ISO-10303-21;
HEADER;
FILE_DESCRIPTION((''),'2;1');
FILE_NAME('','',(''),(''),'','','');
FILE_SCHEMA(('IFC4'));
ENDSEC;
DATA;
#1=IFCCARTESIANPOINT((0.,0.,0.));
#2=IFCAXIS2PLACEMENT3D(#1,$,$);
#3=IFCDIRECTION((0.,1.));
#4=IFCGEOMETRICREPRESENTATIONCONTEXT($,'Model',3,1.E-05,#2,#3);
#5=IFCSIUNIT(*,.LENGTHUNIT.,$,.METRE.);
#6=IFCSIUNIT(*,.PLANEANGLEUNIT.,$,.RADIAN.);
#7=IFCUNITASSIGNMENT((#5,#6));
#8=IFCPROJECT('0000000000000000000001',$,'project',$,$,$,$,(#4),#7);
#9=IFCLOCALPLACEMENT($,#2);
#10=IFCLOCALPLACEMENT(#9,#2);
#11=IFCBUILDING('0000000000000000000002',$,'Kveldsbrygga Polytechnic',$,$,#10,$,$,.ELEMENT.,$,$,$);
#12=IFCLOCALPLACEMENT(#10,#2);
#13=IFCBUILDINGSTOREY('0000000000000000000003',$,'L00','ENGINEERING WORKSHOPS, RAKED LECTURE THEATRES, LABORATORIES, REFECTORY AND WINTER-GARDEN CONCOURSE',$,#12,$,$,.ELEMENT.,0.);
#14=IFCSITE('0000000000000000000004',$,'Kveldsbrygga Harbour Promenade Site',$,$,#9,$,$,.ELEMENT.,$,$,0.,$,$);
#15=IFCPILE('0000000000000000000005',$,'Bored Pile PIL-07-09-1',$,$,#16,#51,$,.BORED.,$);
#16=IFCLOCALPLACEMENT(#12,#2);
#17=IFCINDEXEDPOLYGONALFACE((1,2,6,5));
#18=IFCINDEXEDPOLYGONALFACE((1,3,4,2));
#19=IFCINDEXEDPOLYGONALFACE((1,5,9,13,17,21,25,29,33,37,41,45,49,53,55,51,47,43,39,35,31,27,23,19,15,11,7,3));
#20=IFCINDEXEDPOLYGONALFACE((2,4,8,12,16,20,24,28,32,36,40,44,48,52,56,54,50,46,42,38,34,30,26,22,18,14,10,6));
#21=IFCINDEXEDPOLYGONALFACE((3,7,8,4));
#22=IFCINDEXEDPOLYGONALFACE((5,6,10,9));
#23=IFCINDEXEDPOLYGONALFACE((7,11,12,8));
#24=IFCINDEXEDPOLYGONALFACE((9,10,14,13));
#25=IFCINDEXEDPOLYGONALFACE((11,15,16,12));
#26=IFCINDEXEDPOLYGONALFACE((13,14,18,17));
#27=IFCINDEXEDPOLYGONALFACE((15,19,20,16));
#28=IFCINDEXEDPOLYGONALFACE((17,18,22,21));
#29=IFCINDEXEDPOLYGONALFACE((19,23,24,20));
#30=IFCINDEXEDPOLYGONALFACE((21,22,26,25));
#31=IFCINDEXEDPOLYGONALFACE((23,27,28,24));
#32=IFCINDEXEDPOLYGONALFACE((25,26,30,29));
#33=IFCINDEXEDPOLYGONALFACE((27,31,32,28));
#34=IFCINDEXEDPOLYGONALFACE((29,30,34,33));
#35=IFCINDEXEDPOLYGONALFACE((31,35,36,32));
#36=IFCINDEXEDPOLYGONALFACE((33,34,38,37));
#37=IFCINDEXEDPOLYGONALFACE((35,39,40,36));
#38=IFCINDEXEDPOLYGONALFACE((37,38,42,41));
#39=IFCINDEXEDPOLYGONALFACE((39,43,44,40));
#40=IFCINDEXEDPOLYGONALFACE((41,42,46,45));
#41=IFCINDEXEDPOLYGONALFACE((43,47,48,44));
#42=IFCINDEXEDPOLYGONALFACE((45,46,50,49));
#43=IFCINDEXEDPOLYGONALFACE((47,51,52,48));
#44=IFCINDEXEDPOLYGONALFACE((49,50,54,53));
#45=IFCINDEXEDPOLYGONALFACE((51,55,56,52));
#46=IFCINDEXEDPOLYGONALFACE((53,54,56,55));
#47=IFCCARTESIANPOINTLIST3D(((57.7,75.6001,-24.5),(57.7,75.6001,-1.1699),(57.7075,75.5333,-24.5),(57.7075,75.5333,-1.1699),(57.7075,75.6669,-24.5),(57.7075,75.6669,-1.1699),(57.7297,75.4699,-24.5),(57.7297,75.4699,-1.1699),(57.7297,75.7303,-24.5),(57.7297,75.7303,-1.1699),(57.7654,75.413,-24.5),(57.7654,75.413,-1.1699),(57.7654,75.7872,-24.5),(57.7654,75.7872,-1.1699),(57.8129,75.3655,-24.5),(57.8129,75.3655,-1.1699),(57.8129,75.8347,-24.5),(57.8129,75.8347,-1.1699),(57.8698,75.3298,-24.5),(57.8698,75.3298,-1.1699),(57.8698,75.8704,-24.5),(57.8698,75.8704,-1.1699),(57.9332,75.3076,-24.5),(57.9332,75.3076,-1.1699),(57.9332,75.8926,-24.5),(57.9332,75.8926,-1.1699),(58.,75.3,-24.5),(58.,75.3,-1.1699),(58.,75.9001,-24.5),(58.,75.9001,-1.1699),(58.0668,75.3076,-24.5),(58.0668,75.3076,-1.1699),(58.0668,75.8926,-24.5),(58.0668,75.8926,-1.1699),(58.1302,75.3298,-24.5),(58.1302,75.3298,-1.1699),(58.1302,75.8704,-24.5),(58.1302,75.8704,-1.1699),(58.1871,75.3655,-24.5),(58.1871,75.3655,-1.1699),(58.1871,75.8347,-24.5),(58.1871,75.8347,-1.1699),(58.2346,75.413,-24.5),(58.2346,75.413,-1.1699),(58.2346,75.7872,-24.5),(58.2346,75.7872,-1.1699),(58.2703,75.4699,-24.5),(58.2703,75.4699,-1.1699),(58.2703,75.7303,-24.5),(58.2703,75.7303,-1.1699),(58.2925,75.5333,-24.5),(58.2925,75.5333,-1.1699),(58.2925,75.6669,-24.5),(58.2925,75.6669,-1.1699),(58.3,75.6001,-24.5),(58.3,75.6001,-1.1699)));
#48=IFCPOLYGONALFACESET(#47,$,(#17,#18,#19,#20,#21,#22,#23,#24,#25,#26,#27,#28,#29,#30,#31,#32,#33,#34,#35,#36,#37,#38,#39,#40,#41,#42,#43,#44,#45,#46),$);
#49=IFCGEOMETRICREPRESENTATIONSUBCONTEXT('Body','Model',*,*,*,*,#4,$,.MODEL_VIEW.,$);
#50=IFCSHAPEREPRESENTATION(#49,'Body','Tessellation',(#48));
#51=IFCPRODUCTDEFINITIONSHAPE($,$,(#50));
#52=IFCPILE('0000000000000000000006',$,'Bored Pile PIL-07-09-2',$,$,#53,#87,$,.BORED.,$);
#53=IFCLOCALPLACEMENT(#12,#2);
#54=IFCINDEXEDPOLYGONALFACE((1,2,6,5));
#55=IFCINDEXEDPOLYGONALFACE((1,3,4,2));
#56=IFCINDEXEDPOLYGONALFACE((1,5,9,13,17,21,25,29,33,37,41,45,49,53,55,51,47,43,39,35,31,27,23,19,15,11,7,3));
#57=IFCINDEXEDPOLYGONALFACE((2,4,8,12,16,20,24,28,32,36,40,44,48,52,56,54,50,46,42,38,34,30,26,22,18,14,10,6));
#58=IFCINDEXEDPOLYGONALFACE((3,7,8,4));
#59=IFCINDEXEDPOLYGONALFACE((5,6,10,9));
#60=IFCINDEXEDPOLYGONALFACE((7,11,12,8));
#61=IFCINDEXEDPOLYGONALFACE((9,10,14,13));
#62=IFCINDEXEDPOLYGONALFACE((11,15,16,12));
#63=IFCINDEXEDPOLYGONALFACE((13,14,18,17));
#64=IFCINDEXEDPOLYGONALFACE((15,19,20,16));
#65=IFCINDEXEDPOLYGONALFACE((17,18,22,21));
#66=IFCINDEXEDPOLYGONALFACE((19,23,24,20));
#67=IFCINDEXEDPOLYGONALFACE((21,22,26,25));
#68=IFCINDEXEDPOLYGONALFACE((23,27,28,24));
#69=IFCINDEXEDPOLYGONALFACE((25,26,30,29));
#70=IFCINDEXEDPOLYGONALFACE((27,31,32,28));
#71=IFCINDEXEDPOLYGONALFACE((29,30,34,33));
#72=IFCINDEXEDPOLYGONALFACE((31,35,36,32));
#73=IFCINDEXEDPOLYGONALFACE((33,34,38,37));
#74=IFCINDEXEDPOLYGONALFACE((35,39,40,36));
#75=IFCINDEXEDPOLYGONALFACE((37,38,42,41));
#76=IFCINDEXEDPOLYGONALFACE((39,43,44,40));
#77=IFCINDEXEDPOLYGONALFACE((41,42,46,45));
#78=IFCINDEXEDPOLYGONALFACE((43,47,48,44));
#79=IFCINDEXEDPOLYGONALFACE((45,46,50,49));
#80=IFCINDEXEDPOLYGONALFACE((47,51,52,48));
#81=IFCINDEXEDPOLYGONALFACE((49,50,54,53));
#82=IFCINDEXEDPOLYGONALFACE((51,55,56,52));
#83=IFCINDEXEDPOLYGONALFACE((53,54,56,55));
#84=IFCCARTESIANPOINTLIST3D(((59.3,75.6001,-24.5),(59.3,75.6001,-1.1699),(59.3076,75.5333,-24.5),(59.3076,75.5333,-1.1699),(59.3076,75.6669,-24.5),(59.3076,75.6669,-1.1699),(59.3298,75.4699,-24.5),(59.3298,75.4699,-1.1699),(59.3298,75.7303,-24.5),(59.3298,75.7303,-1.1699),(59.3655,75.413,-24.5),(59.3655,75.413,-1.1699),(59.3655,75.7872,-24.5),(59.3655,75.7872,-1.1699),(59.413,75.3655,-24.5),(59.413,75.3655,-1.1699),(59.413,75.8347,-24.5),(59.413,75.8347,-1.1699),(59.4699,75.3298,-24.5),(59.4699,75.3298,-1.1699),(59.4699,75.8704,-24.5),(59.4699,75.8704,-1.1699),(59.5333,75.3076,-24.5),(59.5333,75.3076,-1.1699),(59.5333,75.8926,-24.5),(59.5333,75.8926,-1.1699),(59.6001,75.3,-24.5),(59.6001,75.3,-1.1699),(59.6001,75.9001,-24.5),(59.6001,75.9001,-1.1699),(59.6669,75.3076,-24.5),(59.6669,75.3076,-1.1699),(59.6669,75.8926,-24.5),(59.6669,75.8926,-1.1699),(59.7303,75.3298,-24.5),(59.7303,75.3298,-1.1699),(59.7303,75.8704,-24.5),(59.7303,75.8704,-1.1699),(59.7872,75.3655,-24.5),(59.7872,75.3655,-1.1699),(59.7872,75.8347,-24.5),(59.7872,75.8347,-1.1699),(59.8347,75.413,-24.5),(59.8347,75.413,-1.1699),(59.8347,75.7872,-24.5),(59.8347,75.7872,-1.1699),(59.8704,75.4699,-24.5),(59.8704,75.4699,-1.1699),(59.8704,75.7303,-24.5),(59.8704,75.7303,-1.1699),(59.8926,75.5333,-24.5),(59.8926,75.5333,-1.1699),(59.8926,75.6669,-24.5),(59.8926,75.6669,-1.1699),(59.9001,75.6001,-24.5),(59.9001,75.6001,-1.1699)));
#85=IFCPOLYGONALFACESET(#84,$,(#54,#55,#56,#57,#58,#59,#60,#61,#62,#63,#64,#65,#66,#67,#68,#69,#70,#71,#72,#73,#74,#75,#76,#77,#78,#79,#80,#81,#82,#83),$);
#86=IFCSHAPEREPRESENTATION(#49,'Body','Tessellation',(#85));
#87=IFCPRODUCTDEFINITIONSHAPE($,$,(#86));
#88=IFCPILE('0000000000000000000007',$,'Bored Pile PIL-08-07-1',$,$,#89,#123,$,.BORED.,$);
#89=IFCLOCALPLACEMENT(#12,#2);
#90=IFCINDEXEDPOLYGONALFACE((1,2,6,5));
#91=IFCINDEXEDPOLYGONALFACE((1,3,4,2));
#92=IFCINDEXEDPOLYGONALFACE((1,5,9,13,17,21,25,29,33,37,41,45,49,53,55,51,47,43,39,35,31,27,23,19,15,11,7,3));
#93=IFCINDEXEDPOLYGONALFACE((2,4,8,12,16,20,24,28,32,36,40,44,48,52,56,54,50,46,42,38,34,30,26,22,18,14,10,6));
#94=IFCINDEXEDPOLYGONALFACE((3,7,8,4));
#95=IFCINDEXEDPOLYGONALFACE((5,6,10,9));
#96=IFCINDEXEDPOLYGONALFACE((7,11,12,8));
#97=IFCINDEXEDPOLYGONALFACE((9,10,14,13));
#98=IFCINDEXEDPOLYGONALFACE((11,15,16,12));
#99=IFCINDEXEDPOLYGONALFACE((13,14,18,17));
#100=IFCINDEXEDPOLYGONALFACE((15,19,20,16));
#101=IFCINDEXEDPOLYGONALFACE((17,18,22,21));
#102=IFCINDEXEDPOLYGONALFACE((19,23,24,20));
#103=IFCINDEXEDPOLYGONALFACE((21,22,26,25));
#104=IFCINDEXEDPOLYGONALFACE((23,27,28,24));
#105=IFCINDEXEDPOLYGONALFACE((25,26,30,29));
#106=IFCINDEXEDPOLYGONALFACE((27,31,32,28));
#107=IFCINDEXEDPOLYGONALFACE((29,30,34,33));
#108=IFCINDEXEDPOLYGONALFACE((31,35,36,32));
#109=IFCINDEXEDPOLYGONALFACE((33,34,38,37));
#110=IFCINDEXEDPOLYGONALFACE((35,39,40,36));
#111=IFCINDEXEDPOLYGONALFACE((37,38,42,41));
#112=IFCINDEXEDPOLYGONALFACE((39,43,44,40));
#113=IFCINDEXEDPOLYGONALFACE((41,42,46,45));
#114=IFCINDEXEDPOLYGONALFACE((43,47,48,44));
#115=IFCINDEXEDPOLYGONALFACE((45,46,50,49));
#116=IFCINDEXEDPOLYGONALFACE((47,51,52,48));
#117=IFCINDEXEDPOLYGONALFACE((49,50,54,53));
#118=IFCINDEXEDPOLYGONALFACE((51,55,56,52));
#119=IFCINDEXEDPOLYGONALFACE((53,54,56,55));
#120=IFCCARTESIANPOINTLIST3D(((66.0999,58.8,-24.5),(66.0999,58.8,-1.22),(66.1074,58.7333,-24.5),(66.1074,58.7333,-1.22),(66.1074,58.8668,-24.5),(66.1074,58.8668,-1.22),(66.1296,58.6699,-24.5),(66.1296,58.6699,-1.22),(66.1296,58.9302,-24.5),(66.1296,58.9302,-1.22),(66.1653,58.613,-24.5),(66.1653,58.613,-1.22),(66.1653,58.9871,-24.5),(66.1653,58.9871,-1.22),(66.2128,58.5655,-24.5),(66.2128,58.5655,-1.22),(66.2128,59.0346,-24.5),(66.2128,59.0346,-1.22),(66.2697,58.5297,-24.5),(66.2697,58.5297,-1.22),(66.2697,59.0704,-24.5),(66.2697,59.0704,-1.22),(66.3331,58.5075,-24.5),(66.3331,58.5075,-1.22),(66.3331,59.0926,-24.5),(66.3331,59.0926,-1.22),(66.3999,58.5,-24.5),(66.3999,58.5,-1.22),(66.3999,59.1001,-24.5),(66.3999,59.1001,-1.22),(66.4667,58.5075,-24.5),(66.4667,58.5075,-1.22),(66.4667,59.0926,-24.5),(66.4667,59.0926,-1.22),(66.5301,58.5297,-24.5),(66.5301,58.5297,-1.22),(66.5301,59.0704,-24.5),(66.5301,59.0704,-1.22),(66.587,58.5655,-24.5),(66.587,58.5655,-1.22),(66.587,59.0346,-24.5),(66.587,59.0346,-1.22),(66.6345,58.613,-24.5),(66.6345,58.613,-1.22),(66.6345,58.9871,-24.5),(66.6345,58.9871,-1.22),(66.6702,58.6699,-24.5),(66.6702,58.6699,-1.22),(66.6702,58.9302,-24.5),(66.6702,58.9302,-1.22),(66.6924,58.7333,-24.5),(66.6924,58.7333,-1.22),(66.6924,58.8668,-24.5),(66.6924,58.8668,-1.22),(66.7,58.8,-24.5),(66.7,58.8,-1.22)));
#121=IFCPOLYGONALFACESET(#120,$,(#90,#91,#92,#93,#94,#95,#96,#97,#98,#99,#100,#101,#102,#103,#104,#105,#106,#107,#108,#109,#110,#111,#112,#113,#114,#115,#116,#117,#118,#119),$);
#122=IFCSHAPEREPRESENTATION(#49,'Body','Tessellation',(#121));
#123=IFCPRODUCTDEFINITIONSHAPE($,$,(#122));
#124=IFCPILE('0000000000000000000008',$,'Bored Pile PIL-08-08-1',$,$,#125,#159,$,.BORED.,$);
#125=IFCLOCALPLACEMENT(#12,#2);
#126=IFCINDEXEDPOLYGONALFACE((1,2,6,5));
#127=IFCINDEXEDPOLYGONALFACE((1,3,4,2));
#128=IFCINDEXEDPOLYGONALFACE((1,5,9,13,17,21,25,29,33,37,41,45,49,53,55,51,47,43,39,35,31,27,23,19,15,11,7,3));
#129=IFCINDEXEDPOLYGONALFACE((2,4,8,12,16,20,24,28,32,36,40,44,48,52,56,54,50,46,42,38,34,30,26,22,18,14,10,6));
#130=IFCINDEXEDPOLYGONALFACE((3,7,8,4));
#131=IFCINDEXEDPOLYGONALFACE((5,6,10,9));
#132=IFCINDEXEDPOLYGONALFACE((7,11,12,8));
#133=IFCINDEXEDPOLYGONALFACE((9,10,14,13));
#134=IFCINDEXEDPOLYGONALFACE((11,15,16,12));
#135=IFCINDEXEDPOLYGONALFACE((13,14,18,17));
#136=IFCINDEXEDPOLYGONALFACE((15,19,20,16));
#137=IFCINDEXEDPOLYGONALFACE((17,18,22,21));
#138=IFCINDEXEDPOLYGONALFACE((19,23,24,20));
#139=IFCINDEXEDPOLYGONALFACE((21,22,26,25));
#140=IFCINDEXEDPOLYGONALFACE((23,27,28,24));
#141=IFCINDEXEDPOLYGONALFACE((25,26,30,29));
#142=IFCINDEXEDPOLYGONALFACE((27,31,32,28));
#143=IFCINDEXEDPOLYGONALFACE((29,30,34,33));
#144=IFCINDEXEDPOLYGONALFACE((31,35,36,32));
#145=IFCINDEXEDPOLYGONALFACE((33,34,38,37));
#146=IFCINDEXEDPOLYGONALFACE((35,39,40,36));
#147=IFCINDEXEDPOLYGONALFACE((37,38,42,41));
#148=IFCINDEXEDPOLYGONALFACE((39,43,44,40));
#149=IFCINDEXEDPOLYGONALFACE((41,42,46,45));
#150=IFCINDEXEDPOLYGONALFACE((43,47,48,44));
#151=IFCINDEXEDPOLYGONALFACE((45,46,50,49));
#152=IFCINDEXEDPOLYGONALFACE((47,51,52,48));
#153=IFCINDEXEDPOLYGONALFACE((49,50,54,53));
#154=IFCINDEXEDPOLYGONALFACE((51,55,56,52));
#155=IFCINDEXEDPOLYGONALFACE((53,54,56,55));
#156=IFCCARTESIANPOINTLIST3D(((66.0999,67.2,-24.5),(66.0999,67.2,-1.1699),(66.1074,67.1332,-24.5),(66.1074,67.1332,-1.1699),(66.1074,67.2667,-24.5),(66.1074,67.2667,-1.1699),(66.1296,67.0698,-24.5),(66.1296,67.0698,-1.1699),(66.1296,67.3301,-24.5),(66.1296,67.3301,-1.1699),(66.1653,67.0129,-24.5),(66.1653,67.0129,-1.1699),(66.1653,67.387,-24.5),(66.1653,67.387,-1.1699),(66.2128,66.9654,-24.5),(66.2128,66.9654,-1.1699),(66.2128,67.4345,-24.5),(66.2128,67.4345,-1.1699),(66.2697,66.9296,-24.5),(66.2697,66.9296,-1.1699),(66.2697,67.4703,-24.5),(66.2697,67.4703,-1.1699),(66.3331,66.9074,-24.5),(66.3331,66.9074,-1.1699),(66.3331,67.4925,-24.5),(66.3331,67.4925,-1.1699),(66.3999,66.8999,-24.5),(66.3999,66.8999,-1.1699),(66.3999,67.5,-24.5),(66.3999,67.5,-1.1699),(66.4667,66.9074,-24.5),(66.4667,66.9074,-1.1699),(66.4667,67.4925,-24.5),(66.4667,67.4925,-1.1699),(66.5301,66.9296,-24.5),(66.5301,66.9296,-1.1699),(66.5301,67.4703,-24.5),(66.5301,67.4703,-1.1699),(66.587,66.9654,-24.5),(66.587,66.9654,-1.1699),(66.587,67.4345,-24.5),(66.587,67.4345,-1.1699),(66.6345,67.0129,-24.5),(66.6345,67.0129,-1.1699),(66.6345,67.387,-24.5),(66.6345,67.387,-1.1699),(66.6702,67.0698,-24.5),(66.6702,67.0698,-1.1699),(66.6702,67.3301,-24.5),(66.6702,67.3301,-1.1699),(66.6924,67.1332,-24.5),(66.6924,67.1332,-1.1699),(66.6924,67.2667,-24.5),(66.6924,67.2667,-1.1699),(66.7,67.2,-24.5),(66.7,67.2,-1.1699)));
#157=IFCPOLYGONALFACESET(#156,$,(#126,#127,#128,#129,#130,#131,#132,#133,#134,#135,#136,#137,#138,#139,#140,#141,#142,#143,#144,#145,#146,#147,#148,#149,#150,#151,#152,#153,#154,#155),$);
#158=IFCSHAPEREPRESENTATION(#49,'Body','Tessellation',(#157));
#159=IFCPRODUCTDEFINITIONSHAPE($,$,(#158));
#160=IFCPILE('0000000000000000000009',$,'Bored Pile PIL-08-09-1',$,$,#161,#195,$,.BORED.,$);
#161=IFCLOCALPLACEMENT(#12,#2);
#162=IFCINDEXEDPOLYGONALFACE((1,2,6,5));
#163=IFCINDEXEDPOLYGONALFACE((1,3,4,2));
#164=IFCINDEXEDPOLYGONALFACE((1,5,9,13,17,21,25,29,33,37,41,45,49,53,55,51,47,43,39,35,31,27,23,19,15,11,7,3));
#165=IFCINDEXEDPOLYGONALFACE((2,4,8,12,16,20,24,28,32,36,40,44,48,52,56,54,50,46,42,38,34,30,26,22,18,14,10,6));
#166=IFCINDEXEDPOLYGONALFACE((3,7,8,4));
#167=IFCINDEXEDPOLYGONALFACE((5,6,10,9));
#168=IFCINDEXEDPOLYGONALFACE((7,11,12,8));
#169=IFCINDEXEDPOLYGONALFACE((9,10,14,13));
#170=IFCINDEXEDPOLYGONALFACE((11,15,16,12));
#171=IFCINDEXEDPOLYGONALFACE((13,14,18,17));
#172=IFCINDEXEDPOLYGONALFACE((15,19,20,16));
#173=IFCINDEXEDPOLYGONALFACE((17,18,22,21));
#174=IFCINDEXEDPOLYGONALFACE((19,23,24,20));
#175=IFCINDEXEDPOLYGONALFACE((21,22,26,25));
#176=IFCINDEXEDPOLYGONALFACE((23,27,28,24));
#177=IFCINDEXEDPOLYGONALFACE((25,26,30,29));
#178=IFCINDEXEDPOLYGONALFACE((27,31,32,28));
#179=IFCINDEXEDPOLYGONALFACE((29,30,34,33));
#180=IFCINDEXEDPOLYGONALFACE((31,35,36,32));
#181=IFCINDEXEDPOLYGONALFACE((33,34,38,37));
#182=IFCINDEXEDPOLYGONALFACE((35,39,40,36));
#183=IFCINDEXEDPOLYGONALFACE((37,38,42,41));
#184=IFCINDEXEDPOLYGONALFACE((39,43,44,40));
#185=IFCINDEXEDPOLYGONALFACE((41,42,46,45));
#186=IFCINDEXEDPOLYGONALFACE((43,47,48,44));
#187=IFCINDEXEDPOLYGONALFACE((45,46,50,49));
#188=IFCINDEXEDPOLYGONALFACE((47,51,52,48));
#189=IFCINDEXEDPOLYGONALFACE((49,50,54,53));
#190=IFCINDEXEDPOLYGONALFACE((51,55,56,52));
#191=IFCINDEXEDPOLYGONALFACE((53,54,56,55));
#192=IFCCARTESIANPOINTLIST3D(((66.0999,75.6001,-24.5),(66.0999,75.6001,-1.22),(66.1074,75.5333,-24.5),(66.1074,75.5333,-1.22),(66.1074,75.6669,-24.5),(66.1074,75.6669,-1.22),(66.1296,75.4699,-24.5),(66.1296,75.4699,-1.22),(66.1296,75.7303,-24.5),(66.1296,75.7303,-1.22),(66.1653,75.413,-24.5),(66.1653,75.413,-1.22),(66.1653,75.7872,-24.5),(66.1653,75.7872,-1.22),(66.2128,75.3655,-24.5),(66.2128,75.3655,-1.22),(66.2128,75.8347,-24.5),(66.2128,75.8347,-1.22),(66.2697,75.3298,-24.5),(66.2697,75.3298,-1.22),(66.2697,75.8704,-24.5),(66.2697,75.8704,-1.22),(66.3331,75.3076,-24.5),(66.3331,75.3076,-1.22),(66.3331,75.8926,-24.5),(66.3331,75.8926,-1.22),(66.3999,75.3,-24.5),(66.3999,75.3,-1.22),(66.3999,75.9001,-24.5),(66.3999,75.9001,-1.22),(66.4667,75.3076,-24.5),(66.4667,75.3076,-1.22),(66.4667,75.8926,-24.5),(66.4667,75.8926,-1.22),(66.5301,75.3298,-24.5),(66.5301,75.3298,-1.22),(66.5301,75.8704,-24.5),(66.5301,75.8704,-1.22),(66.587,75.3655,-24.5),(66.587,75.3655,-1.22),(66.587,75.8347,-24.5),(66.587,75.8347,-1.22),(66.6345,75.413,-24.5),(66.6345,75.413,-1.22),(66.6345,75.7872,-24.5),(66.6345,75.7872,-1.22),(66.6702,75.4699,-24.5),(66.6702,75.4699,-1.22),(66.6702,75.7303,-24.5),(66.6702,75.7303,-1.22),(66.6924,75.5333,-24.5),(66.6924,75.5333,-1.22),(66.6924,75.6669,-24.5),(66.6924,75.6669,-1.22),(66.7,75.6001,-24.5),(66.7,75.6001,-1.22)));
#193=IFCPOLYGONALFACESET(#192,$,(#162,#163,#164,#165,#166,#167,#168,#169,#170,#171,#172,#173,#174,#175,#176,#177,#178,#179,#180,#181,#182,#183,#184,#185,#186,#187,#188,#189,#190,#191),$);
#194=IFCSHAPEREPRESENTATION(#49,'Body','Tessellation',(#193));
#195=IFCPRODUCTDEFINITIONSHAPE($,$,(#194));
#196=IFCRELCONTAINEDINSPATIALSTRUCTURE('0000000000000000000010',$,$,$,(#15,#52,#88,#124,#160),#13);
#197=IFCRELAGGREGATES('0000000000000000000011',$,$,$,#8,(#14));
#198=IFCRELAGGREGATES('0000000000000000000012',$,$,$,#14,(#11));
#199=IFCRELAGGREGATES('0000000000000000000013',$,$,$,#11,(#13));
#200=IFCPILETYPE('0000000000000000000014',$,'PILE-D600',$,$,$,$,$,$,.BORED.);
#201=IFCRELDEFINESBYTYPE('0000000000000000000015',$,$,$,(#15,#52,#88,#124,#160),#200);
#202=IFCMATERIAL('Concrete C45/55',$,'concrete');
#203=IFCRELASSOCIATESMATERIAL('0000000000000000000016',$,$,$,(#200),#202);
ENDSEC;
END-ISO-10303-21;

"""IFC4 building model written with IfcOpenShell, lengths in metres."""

from ifc_helpers import new_model, si_unit, direction, frame, origin, origin_2d, place, context, subcontext, project, spatial, circle, extrude, material, material_profile, profile_set, type_object, element, save


model = new_model("IFC4")

# Units and contexts
model_context = context("Model", 3, precision=1e-05, world=origin(), true_north=direction((0.0, 1.0)))
body_context = subcontext(model_context, "Body", "Model", "MODEL_VIEW")
ifc_project = project(units=[si_unit("LENGTHUNIT", "METRE"), si_unit("PLANEANGLEUNIT", "RADIAN")], contexts=[model_context])

# Site, building, storey
site_placement = place(None, origin())
site = spatial("IfcSite", under=ifc_project, at=site_placement, Name="Kveldsbrygga Harbour Promenade Site", CompositionType="ELEMENT", RefElevation=0.0)
building_placement = place(site_placement, origin())
building = spatial("IfcBuilding", under=site, at=building_placement, Name="Kveldsbrygga Polytechnic", CompositionType="ELEMENT")
storey_placement = place(building_placement, origin())
storey = spatial("IfcBuildingStorey", under=building, at=storey_placement, Name="L00", Description="ENGINEERING WORKSHOPS, RAKED LECTURE THEATRES, LABORATORIES, REFECTORY AND WINTER-GARDEN CONCOURSE", CompositionType="ELEMENT", Elevation=0.0)

# Shared definitions
ifc_material_1 = material(Name="Concrete C45/55", Category="concrete")

# Piles
ifc_material_profile_1 = material_profile(ifc_material_1, circle(Radius=0.3, at=origin_2d()), Name="PILE D600")
ifc_profile_set_1 = profile_set([ifc_material_profile_1], Name="Concrete C45/55")
pile_type = type_object("IfcPileType", Name="PILE-D600", PredefinedType="BORED", material=ifc_profile_set_1)
for number, where, z_axis, x_axis, name in (
    (1, (58.0, 75.6001, -1.1699), (0.0, 0.0, -1.0), (1.0, 0.0, 0.0), "Bored Pile PIL-07-09-1"),
    (2, (59.6001, 75.6001, -1.1699), (0.0, 0.0, -1.0), (1.0, 0.0, 0.0), "Bored Pile PIL-07-09-2"),
):
    element("IfcPile", number, at=place(storey_placement, frame(where, z_axis=z_axis, x_axis=x_axis)), inside=storey, type_object=pile_type, Name=name, PredefinedType="BORED", context=body_context, shape_type="SweptSolid", body=[
        extrude(circle(Radius=0.3, at=origin_2d()), origin(), (0.0, 0.0, 1.0), 23.3301),
    ])
pile_1_placement = place(storey_placement, frame((66.3999, 58.8, -1.22), z_axis=(0.0, 0.0, -1.0), x_axis=(1.0, 0.0, 0.0)))
element("IfcPile", 3, at=pile_1_placement, inside=storey, type_object=pile_type, Name="Bored Pile PIL-08-07-1", PredefinedType="BORED", context=body_context, shape_type="SweptSolid", body=[
    extrude(circle(Radius=0.3, at=origin_2d()), origin(), (0.0, 0.0, 1.0), 23.28),
])
pile_2_placement = place(storey_placement, frame((66.3999, 67.2, -1.1699), z_axis=(0.0, 0.0, -1.0), x_axis=(1.0, 0.0, 0.0)))
element("IfcPile", 4, at=pile_2_placement, inside=storey, type_object=pile_type, Name="Bored Pile PIL-08-08-1", PredefinedType="BORED", context=body_context, shape_type="SweptSolid", body=[
    extrude(circle(Radius=0.3, at=origin_2d()), origin(), (0.0, 0.0, 1.0), 23.3301),
])
pile_3_placement = place(storey_placement, frame((66.3999, 75.6001, -1.22), z_axis=(0.0, 0.0, -1.0), x_axis=(1.0, 0.0, 0.0)))
element("IfcPile", 5, at=pile_3_placement, inside=storey, type_object=pile_type, Name="Bored Pile PIL-08-09-1", PredefinedType="BORED", context=body_context, shape_type="SweptSolid", body=[
    extrude(circle(Radius=0.3, at=origin_2d()), origin(), (0.0, 0.0, 1.0), 23.28),
])

save(model, "model.ifc")
